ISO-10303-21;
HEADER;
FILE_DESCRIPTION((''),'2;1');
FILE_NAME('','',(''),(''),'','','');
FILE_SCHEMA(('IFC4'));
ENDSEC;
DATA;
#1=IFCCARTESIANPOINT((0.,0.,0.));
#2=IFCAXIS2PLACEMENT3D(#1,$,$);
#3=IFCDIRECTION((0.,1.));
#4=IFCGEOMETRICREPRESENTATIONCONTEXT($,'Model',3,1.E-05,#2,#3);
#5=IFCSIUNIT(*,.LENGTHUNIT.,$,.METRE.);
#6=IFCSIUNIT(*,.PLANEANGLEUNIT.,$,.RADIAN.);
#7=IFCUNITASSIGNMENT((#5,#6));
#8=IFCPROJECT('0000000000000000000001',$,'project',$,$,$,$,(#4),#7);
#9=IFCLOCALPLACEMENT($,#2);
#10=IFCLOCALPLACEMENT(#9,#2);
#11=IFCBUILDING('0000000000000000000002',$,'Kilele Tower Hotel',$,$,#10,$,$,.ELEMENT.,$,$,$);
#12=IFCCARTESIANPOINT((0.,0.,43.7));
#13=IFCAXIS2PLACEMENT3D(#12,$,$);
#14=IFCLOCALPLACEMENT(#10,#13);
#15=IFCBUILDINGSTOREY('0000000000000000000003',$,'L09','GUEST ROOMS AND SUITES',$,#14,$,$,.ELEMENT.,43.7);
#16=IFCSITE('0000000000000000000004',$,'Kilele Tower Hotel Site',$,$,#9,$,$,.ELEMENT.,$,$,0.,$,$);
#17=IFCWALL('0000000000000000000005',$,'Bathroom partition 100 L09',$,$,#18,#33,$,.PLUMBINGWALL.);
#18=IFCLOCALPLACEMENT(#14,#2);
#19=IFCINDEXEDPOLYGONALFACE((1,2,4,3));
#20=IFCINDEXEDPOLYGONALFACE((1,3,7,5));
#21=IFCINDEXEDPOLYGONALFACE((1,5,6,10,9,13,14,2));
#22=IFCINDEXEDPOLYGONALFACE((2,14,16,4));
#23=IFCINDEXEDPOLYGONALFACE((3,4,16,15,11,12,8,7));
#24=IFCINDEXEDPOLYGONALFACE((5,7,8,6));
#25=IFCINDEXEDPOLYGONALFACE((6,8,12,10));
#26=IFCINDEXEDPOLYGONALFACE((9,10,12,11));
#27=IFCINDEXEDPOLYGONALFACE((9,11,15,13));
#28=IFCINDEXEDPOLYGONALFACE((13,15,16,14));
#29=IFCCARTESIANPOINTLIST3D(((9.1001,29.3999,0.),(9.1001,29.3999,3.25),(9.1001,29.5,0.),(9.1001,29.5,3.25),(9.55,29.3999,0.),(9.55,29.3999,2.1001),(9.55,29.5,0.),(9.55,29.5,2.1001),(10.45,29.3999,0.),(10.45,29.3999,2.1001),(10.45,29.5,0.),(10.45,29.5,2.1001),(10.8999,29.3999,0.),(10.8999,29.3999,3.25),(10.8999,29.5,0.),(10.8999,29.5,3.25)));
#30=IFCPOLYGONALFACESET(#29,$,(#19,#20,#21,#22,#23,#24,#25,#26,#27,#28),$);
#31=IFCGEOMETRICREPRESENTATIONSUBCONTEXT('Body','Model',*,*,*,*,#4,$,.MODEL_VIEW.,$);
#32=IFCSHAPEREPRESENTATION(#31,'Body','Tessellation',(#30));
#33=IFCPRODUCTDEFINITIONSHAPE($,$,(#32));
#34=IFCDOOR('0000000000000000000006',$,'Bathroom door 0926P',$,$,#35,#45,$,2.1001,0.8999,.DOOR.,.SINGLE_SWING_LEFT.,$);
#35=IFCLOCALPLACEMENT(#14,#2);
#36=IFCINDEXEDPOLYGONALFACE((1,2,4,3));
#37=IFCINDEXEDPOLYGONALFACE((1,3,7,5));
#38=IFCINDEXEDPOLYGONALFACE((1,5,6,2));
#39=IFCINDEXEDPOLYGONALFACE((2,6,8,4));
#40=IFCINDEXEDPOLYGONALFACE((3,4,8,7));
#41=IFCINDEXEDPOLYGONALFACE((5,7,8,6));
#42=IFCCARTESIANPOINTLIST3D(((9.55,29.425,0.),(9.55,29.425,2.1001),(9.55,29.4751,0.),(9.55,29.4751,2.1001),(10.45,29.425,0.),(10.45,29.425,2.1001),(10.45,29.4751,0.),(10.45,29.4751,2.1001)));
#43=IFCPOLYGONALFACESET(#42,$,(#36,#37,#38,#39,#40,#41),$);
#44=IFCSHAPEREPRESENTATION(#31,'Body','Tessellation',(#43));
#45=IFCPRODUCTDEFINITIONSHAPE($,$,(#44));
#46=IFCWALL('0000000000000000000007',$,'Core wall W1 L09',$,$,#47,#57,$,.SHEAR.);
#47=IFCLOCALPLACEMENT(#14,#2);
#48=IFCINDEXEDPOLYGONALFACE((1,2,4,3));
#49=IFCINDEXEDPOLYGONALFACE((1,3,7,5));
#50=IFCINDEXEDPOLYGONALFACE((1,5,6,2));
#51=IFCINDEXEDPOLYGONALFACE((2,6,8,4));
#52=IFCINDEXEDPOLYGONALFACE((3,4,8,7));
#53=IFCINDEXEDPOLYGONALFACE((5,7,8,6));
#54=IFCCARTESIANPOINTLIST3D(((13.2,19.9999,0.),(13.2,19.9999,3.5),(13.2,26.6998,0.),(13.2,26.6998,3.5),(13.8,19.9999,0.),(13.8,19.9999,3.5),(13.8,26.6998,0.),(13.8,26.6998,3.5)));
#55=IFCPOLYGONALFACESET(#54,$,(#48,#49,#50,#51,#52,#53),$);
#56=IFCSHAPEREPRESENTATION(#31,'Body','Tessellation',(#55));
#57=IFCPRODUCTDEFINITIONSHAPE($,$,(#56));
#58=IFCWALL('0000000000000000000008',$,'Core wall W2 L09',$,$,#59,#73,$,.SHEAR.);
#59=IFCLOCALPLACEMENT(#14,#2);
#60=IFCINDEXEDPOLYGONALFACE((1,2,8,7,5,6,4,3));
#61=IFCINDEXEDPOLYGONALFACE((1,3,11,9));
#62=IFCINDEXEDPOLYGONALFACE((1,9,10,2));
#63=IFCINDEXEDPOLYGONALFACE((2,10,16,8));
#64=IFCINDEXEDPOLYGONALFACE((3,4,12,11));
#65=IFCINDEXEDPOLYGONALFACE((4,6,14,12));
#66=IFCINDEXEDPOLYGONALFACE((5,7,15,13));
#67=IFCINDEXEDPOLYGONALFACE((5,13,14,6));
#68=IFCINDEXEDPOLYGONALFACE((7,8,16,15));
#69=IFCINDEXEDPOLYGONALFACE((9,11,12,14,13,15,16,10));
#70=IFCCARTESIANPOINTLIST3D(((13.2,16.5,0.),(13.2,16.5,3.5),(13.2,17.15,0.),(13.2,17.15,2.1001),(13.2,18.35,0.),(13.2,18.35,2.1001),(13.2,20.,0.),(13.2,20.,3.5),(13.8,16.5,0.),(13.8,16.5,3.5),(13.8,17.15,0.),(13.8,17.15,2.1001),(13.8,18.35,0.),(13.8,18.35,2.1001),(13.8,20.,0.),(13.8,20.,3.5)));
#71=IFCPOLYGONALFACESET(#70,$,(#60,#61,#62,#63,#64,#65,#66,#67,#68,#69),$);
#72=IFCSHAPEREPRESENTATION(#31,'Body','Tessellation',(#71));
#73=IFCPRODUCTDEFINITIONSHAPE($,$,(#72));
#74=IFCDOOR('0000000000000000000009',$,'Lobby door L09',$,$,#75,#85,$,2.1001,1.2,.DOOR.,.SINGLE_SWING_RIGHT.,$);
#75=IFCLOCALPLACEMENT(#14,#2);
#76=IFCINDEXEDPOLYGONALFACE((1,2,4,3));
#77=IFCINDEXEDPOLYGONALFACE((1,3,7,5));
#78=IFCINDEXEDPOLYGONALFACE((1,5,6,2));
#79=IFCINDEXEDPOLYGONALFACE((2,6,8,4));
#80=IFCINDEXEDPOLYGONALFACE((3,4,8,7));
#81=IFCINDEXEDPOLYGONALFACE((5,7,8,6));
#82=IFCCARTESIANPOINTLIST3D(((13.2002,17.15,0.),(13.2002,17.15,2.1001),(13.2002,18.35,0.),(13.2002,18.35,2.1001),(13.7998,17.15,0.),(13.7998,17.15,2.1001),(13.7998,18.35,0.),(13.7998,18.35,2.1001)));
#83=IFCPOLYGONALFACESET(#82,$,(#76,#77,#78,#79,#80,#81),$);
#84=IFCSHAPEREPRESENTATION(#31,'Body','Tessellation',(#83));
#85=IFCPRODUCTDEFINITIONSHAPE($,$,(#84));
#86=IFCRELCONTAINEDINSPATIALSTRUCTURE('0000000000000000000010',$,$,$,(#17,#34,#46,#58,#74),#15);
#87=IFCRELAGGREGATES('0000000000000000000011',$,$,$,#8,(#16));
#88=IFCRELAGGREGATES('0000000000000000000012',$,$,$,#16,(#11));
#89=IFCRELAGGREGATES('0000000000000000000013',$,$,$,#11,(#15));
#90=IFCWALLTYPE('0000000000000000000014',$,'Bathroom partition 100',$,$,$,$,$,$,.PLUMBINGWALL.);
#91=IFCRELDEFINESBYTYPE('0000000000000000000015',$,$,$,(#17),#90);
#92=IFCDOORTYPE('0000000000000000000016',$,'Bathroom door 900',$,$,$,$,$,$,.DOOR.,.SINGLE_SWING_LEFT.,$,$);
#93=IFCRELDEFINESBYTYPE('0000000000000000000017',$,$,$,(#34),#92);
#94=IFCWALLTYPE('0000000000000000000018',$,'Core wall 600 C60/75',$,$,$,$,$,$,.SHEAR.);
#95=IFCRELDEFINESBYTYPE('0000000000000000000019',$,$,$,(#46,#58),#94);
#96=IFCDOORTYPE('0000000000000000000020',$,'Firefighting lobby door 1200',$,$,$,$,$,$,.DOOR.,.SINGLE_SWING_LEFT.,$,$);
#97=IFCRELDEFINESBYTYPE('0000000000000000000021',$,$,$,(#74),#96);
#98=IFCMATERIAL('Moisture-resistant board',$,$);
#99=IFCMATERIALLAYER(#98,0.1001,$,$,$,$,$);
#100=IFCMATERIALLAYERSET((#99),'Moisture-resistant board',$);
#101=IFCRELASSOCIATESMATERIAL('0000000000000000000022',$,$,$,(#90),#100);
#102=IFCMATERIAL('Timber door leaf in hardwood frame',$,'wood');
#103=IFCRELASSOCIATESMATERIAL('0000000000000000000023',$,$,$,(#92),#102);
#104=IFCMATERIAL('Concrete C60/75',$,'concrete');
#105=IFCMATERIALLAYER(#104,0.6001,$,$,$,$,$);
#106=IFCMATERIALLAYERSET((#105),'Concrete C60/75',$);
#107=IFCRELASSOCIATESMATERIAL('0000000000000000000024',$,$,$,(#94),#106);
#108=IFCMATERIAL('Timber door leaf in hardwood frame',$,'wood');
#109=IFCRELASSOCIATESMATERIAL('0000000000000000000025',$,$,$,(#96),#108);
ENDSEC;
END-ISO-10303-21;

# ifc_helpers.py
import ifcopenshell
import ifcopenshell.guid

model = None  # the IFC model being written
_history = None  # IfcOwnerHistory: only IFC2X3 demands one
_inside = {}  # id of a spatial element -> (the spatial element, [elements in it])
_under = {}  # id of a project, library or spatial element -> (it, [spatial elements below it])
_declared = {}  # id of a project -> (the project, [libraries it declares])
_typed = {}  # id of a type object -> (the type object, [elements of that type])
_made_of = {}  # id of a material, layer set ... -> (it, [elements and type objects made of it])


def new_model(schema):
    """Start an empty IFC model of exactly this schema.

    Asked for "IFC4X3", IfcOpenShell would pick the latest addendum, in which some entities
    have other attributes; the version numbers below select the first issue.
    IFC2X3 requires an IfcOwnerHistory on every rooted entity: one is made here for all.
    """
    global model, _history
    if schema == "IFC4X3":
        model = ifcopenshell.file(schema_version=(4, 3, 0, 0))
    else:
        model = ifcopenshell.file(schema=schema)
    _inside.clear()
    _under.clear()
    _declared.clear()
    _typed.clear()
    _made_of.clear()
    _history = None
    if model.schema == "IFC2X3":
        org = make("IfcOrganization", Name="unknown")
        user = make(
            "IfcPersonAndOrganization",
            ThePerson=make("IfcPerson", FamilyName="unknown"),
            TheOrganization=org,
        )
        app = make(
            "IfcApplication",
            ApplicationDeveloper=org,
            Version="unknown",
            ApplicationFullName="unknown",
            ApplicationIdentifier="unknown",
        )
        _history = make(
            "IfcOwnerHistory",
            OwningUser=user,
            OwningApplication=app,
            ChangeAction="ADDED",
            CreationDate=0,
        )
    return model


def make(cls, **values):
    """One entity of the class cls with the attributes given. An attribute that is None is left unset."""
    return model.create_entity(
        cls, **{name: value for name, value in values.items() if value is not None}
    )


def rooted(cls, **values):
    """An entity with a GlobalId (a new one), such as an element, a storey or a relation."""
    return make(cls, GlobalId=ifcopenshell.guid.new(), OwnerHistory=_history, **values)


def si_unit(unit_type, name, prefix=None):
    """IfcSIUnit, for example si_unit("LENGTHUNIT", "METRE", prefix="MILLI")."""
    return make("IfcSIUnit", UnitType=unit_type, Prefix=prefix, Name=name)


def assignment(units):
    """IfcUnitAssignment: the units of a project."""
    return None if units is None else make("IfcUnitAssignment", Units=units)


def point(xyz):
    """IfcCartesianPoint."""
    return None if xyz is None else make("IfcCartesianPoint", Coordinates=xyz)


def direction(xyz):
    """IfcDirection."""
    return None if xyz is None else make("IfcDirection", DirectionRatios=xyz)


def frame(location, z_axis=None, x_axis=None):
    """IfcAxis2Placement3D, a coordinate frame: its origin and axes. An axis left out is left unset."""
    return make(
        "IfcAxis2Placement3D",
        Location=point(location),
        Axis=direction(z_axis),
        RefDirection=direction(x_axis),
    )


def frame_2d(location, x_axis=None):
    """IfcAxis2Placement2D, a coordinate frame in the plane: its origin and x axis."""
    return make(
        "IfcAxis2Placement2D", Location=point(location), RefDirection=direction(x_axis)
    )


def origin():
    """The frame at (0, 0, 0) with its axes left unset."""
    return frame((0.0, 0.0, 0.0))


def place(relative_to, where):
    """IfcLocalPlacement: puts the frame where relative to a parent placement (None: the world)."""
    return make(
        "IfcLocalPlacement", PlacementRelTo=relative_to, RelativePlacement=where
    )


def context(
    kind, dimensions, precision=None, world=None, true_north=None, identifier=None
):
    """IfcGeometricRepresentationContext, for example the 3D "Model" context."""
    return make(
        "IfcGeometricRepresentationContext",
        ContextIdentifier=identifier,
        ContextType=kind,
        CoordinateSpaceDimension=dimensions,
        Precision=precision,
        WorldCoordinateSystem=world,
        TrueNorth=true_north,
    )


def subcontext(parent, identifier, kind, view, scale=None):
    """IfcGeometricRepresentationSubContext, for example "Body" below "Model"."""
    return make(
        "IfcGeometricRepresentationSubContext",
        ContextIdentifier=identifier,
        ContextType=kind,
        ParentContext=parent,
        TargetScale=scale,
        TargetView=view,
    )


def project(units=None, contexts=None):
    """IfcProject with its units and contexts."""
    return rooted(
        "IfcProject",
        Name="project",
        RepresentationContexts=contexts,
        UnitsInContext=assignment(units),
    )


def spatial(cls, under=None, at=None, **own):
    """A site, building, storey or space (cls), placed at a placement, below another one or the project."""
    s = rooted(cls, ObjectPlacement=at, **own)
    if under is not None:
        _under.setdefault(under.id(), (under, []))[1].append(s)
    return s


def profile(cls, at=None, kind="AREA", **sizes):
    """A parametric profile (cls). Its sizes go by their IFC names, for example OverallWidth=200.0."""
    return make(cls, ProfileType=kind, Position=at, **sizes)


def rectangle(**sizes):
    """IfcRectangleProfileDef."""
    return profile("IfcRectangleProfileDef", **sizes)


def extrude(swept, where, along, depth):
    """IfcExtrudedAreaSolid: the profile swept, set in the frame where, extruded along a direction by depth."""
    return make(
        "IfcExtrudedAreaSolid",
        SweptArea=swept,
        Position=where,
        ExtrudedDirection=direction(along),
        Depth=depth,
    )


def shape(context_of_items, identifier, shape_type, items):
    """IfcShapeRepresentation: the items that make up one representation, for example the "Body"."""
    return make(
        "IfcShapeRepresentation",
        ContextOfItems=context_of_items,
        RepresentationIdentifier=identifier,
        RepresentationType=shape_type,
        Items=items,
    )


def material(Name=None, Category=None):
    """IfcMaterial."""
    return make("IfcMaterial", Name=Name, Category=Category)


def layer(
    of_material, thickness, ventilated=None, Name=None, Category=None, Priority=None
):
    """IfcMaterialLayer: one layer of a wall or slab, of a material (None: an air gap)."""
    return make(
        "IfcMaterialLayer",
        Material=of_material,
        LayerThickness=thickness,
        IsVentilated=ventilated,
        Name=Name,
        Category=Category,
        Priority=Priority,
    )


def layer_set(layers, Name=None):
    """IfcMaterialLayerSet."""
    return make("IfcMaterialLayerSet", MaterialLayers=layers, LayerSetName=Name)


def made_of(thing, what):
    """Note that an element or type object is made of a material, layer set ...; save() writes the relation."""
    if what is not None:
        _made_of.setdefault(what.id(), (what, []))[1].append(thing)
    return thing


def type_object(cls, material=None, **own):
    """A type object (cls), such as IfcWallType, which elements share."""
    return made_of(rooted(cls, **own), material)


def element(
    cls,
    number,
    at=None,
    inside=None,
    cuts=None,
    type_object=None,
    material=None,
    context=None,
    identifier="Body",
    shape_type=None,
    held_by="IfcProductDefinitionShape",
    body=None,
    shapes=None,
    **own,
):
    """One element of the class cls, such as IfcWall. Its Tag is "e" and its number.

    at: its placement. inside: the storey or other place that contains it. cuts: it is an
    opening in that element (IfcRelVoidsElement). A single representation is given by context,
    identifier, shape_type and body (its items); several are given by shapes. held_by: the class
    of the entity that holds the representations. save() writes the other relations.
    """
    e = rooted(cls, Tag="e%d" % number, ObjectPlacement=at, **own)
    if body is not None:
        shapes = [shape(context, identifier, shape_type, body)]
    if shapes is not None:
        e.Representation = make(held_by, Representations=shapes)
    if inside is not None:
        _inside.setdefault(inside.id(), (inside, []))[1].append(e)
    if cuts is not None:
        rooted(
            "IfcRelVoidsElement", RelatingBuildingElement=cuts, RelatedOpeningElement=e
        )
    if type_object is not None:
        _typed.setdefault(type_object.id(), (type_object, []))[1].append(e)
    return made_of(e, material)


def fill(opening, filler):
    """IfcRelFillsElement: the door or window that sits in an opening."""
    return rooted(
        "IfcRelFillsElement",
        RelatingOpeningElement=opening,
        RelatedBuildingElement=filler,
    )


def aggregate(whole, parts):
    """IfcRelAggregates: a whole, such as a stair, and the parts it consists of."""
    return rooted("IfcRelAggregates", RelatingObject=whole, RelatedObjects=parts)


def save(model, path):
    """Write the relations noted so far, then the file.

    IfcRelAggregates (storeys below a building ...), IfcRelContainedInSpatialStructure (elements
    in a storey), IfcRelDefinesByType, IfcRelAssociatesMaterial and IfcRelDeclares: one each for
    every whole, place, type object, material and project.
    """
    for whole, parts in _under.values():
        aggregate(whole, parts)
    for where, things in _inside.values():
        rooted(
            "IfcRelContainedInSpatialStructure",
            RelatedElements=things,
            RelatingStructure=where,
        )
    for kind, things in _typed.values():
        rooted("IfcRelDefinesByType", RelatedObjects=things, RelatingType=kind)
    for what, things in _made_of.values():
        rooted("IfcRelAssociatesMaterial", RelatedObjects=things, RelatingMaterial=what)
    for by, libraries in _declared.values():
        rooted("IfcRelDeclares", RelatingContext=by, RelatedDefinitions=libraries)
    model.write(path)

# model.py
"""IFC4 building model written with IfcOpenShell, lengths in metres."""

from ifc_helpers import new_model, si_unit, direction, frame, frame_2d, origin, place, context, subcontext, project, spatial, rectangle, extrude, material, layer, layer_set, type_object, element, fill, save


model = new_model("IFC4")

# Units and contexts
model_context = context("Model", 3, precision=1e-05, world=origin(), true_north=direction((0.0, 1.0)))
body_context = subcontext(model_context, "Body", "Model", "MODEL_VIEW")
ifc_project = project(units=[si_unit("LENGTHUNIT", "METRE"), si_unit("PLANEANGLEUNIT", "RADIAN")], contexts=[model_context])

# Site, building, storey
site_placement = place(None, origin())
site = spatial("IfcSite", under=ifc_project, at=site_placement, Name="Kilele Tower Hotel Site", CompositionType="ELEMENT", RefElevation=0.0)
building_placement = place(site_placement, origin())
building = spatial("IfcBuilding", under=site, at=building_placement, Name="Kilele Tower Hotel", CompositionType="ELEMENT")
storey_placement = place(building_placement, frame((0.0, 0.0, 43.7)))
storey = spatial("IfcBuildingStorey", under=building, at=storey_placement, Name="L09", Description="GUEST ROOMS AND SUITES", CompositionType="ELEMENT", Elevation=43.7)

# Shared definitions
ifc_material_1 = material(Name="Moisture-resistant board")
ifc_layer_1 = layer(ifc_material_1, 0.1001)
ifc_layer_set_1 = layer_set([ifc_layer_1], Name="Moisture-resistant board")
wall_type_1 = type_object("IfcWallType", Name="Bathroom partition 100", PredefinedType="PLUMBINGWALL", material=ifc_layer_set_1)
ifc_material_2 = material(Name="Timber door leaf in hardwood frame", Category="wood")
door_type_1 = type_object("IfcDoorType", Name="Bathroom door 900", OperationType="SINGLE_SWING_LEFT", PredefinedType="DOOR", material=ifc_material_2)

# Wall, opening, door
wall_1_placement = place(storey_placement, frame((10.8999, 29.45, 0.0), z_axis=(0.0, 0.0, 1.0), x_axis=(-1.0, 0.0, 0.0)))
wall_1 = element("IfcWall", 1, at=wall_1_placement, inside=storey, type_object=wall_type_1, Name="Bathroom partition 100 L09", PredefinedType="PLUMBINGWALL", context=body_context, shape_type="SweptSolid", body=[
    extrude(rectangle(XDim=1.7998, YDim=0.1001, at=frame_2d((0.8999, 0.0))), origin(), (0.0, 0.0, 1.0), 3.25),
])
opening_1_placement = place(wall_1_placement, frame((0.45, 0.0, 0.0)))
opening_1 = element("IfcOpeningElement", 2, at=opening_1_placement, cuts=wall_1, PredefinedType="OPENING", context=body_context, shape_type="SweptSolid", body=[
    extrude(rectangle(XDim=0.8999, YDim=2.1001, at=frame_2d((0.45, 1.05))), frame((0.0, 0.0601, 0.0), z_axis=(0.0, -1.0, 0.0), x_axis=(1.0, 0.0, 0.0)), (0.0, 0.0, 1.0), 0.1201),
])
door_1_placement = place(opening_1_placement, origin())
door_1 = element("IfcDoor", 3, at=door_1_placement, inside=storey, type_object=door_type_1, Name="Bathroom door 0926P", OperationType="SINGLE_SWING_LEFT", OverallHeight=2.1001, OverallWidth=0.8999, PredefinedType="DOOR", context=body_context, shape_type="SweptSolid", body=[
    extrude(rectangle(XDim=0.8999, YDim=2.1001, at=frame_2d((0.45, 1.05))), frame((0.0, 0.0249, 0.0), z_axis=(0.0, -1.0, 0.0), x_axis=(1.0, 0.0, 0.0)), (0.0, 0.0, 1.0), 0.05),
])
fill(opening_1, door_1)

# Wall
ifc_material_3 = material(Name="Concrete C60/75", Category="concrete")
ifc_layer_2 = layer(ifc_material_3, 0.6001)
ifc_layer_set_2 = layer_set([ifc_layer_2], Name="Concrete C60/75")
wall_type_2 = type_object("IfcWallType", Name="Core wall 600 C60/75", PredefinedType="SHEAR", material=ifc_layer_set_2)
wall_2_placement = place(storey_placement, frame((13.5, 26.7, 0.0), z_axis=(0.0, 0.0, 1.0), x_axis=(0.0, -1.0, 0.0)))
element("IfcWall", 4, at=wall_2_placement, inside=storey, type_object=wall_type_2, Name="Core wall W1 L09", PredefinedType="SHEAR", context=body_context, shape_type="SweptSolid", body=[
    extrude(rectangle(XDim=6.7, YDim=0.6001, at=frame_2d((3.3501, 0.0))), origin(), (0.0, 0.0, 1.0), 3.5),
])

# Wall, opening, door
wall_3_placement = place(storey_placement, frame((13.5, 20.0, 0.0), z_axis=(0.0, 0.0, 1.0), x_axis=(0.0, -1.0, 0.0)))
wall_3 = element("IfcWall", 5, at=wall_3_placement, inside=storey, type_object=wall_type_2, Name="Core wall W2 L09", PredefinedType="SHEAR", context=body_context, shape_type="SweptSolid", body=[
    extrude(rectangle(XDim=3.5, YDim=0.6001, at=frame_2d((1.75, 0.0))), origin(), (0.0, 0.0, 1.0), 3.5),
])
opening_2_placement = place(wall_3_placement, frame((1.6499, 0.0, 0.0)))
opening_2 = element("IfcOpeningElement", 6, at=opening_2_placement, cuts=wall_3, PredefinedType="OPENING", context=body_context, shape_type="SweptSolid", body=[
    extrude(rectangle(XDim=1.2, YDim=2.1001, at=frame_2d((0.6001, 1.05))), frame((0.0, 0.3101, 0.0), z_axis=(0.0, -1.0, 0.0), x_axis=(1.0, 0.0, 0.0)), (0.0, 0.0, 1.0), 0.6201),
])
ifc_material_4 = material(Name="Timber door leaf in hardwood frame", Category="wood")
door_type_2 = type_object("IfcDoorType", Name="Firefighting lobby door 1200", OperationType="SINGLE_SWING_LEFT", PredefinedType="DOOR", material=ifc_material_4)
door_2_placement = place(opening_2_placement, origin())
door_2 = element("IfcDoor", 7, at=door_2_placement, inside=storey, type_object=door_type_2, Name="Lobby door L09", OperationType="SINGLE_SWING_RIGHT", OverallHeight=2.1001, OverallWidth=1.2, PredefinedType="DOOR", context=body_context, shape_type="SweptSolid", body=[
    extrude(rectangle(XDim=1.2, YDim=2.1001, at=frame_2d((0.6001, 1.05))), frame((0.0, 0.2998, 0.0), z_axis=(0.0, -1.0, 0.0), x_axis=(1.0, 0.0, 0.0)), (0.0, 0.0, 1.0), 0.5996),
])
fill(opening_2, door_2)

save(model, "model.ifc")
